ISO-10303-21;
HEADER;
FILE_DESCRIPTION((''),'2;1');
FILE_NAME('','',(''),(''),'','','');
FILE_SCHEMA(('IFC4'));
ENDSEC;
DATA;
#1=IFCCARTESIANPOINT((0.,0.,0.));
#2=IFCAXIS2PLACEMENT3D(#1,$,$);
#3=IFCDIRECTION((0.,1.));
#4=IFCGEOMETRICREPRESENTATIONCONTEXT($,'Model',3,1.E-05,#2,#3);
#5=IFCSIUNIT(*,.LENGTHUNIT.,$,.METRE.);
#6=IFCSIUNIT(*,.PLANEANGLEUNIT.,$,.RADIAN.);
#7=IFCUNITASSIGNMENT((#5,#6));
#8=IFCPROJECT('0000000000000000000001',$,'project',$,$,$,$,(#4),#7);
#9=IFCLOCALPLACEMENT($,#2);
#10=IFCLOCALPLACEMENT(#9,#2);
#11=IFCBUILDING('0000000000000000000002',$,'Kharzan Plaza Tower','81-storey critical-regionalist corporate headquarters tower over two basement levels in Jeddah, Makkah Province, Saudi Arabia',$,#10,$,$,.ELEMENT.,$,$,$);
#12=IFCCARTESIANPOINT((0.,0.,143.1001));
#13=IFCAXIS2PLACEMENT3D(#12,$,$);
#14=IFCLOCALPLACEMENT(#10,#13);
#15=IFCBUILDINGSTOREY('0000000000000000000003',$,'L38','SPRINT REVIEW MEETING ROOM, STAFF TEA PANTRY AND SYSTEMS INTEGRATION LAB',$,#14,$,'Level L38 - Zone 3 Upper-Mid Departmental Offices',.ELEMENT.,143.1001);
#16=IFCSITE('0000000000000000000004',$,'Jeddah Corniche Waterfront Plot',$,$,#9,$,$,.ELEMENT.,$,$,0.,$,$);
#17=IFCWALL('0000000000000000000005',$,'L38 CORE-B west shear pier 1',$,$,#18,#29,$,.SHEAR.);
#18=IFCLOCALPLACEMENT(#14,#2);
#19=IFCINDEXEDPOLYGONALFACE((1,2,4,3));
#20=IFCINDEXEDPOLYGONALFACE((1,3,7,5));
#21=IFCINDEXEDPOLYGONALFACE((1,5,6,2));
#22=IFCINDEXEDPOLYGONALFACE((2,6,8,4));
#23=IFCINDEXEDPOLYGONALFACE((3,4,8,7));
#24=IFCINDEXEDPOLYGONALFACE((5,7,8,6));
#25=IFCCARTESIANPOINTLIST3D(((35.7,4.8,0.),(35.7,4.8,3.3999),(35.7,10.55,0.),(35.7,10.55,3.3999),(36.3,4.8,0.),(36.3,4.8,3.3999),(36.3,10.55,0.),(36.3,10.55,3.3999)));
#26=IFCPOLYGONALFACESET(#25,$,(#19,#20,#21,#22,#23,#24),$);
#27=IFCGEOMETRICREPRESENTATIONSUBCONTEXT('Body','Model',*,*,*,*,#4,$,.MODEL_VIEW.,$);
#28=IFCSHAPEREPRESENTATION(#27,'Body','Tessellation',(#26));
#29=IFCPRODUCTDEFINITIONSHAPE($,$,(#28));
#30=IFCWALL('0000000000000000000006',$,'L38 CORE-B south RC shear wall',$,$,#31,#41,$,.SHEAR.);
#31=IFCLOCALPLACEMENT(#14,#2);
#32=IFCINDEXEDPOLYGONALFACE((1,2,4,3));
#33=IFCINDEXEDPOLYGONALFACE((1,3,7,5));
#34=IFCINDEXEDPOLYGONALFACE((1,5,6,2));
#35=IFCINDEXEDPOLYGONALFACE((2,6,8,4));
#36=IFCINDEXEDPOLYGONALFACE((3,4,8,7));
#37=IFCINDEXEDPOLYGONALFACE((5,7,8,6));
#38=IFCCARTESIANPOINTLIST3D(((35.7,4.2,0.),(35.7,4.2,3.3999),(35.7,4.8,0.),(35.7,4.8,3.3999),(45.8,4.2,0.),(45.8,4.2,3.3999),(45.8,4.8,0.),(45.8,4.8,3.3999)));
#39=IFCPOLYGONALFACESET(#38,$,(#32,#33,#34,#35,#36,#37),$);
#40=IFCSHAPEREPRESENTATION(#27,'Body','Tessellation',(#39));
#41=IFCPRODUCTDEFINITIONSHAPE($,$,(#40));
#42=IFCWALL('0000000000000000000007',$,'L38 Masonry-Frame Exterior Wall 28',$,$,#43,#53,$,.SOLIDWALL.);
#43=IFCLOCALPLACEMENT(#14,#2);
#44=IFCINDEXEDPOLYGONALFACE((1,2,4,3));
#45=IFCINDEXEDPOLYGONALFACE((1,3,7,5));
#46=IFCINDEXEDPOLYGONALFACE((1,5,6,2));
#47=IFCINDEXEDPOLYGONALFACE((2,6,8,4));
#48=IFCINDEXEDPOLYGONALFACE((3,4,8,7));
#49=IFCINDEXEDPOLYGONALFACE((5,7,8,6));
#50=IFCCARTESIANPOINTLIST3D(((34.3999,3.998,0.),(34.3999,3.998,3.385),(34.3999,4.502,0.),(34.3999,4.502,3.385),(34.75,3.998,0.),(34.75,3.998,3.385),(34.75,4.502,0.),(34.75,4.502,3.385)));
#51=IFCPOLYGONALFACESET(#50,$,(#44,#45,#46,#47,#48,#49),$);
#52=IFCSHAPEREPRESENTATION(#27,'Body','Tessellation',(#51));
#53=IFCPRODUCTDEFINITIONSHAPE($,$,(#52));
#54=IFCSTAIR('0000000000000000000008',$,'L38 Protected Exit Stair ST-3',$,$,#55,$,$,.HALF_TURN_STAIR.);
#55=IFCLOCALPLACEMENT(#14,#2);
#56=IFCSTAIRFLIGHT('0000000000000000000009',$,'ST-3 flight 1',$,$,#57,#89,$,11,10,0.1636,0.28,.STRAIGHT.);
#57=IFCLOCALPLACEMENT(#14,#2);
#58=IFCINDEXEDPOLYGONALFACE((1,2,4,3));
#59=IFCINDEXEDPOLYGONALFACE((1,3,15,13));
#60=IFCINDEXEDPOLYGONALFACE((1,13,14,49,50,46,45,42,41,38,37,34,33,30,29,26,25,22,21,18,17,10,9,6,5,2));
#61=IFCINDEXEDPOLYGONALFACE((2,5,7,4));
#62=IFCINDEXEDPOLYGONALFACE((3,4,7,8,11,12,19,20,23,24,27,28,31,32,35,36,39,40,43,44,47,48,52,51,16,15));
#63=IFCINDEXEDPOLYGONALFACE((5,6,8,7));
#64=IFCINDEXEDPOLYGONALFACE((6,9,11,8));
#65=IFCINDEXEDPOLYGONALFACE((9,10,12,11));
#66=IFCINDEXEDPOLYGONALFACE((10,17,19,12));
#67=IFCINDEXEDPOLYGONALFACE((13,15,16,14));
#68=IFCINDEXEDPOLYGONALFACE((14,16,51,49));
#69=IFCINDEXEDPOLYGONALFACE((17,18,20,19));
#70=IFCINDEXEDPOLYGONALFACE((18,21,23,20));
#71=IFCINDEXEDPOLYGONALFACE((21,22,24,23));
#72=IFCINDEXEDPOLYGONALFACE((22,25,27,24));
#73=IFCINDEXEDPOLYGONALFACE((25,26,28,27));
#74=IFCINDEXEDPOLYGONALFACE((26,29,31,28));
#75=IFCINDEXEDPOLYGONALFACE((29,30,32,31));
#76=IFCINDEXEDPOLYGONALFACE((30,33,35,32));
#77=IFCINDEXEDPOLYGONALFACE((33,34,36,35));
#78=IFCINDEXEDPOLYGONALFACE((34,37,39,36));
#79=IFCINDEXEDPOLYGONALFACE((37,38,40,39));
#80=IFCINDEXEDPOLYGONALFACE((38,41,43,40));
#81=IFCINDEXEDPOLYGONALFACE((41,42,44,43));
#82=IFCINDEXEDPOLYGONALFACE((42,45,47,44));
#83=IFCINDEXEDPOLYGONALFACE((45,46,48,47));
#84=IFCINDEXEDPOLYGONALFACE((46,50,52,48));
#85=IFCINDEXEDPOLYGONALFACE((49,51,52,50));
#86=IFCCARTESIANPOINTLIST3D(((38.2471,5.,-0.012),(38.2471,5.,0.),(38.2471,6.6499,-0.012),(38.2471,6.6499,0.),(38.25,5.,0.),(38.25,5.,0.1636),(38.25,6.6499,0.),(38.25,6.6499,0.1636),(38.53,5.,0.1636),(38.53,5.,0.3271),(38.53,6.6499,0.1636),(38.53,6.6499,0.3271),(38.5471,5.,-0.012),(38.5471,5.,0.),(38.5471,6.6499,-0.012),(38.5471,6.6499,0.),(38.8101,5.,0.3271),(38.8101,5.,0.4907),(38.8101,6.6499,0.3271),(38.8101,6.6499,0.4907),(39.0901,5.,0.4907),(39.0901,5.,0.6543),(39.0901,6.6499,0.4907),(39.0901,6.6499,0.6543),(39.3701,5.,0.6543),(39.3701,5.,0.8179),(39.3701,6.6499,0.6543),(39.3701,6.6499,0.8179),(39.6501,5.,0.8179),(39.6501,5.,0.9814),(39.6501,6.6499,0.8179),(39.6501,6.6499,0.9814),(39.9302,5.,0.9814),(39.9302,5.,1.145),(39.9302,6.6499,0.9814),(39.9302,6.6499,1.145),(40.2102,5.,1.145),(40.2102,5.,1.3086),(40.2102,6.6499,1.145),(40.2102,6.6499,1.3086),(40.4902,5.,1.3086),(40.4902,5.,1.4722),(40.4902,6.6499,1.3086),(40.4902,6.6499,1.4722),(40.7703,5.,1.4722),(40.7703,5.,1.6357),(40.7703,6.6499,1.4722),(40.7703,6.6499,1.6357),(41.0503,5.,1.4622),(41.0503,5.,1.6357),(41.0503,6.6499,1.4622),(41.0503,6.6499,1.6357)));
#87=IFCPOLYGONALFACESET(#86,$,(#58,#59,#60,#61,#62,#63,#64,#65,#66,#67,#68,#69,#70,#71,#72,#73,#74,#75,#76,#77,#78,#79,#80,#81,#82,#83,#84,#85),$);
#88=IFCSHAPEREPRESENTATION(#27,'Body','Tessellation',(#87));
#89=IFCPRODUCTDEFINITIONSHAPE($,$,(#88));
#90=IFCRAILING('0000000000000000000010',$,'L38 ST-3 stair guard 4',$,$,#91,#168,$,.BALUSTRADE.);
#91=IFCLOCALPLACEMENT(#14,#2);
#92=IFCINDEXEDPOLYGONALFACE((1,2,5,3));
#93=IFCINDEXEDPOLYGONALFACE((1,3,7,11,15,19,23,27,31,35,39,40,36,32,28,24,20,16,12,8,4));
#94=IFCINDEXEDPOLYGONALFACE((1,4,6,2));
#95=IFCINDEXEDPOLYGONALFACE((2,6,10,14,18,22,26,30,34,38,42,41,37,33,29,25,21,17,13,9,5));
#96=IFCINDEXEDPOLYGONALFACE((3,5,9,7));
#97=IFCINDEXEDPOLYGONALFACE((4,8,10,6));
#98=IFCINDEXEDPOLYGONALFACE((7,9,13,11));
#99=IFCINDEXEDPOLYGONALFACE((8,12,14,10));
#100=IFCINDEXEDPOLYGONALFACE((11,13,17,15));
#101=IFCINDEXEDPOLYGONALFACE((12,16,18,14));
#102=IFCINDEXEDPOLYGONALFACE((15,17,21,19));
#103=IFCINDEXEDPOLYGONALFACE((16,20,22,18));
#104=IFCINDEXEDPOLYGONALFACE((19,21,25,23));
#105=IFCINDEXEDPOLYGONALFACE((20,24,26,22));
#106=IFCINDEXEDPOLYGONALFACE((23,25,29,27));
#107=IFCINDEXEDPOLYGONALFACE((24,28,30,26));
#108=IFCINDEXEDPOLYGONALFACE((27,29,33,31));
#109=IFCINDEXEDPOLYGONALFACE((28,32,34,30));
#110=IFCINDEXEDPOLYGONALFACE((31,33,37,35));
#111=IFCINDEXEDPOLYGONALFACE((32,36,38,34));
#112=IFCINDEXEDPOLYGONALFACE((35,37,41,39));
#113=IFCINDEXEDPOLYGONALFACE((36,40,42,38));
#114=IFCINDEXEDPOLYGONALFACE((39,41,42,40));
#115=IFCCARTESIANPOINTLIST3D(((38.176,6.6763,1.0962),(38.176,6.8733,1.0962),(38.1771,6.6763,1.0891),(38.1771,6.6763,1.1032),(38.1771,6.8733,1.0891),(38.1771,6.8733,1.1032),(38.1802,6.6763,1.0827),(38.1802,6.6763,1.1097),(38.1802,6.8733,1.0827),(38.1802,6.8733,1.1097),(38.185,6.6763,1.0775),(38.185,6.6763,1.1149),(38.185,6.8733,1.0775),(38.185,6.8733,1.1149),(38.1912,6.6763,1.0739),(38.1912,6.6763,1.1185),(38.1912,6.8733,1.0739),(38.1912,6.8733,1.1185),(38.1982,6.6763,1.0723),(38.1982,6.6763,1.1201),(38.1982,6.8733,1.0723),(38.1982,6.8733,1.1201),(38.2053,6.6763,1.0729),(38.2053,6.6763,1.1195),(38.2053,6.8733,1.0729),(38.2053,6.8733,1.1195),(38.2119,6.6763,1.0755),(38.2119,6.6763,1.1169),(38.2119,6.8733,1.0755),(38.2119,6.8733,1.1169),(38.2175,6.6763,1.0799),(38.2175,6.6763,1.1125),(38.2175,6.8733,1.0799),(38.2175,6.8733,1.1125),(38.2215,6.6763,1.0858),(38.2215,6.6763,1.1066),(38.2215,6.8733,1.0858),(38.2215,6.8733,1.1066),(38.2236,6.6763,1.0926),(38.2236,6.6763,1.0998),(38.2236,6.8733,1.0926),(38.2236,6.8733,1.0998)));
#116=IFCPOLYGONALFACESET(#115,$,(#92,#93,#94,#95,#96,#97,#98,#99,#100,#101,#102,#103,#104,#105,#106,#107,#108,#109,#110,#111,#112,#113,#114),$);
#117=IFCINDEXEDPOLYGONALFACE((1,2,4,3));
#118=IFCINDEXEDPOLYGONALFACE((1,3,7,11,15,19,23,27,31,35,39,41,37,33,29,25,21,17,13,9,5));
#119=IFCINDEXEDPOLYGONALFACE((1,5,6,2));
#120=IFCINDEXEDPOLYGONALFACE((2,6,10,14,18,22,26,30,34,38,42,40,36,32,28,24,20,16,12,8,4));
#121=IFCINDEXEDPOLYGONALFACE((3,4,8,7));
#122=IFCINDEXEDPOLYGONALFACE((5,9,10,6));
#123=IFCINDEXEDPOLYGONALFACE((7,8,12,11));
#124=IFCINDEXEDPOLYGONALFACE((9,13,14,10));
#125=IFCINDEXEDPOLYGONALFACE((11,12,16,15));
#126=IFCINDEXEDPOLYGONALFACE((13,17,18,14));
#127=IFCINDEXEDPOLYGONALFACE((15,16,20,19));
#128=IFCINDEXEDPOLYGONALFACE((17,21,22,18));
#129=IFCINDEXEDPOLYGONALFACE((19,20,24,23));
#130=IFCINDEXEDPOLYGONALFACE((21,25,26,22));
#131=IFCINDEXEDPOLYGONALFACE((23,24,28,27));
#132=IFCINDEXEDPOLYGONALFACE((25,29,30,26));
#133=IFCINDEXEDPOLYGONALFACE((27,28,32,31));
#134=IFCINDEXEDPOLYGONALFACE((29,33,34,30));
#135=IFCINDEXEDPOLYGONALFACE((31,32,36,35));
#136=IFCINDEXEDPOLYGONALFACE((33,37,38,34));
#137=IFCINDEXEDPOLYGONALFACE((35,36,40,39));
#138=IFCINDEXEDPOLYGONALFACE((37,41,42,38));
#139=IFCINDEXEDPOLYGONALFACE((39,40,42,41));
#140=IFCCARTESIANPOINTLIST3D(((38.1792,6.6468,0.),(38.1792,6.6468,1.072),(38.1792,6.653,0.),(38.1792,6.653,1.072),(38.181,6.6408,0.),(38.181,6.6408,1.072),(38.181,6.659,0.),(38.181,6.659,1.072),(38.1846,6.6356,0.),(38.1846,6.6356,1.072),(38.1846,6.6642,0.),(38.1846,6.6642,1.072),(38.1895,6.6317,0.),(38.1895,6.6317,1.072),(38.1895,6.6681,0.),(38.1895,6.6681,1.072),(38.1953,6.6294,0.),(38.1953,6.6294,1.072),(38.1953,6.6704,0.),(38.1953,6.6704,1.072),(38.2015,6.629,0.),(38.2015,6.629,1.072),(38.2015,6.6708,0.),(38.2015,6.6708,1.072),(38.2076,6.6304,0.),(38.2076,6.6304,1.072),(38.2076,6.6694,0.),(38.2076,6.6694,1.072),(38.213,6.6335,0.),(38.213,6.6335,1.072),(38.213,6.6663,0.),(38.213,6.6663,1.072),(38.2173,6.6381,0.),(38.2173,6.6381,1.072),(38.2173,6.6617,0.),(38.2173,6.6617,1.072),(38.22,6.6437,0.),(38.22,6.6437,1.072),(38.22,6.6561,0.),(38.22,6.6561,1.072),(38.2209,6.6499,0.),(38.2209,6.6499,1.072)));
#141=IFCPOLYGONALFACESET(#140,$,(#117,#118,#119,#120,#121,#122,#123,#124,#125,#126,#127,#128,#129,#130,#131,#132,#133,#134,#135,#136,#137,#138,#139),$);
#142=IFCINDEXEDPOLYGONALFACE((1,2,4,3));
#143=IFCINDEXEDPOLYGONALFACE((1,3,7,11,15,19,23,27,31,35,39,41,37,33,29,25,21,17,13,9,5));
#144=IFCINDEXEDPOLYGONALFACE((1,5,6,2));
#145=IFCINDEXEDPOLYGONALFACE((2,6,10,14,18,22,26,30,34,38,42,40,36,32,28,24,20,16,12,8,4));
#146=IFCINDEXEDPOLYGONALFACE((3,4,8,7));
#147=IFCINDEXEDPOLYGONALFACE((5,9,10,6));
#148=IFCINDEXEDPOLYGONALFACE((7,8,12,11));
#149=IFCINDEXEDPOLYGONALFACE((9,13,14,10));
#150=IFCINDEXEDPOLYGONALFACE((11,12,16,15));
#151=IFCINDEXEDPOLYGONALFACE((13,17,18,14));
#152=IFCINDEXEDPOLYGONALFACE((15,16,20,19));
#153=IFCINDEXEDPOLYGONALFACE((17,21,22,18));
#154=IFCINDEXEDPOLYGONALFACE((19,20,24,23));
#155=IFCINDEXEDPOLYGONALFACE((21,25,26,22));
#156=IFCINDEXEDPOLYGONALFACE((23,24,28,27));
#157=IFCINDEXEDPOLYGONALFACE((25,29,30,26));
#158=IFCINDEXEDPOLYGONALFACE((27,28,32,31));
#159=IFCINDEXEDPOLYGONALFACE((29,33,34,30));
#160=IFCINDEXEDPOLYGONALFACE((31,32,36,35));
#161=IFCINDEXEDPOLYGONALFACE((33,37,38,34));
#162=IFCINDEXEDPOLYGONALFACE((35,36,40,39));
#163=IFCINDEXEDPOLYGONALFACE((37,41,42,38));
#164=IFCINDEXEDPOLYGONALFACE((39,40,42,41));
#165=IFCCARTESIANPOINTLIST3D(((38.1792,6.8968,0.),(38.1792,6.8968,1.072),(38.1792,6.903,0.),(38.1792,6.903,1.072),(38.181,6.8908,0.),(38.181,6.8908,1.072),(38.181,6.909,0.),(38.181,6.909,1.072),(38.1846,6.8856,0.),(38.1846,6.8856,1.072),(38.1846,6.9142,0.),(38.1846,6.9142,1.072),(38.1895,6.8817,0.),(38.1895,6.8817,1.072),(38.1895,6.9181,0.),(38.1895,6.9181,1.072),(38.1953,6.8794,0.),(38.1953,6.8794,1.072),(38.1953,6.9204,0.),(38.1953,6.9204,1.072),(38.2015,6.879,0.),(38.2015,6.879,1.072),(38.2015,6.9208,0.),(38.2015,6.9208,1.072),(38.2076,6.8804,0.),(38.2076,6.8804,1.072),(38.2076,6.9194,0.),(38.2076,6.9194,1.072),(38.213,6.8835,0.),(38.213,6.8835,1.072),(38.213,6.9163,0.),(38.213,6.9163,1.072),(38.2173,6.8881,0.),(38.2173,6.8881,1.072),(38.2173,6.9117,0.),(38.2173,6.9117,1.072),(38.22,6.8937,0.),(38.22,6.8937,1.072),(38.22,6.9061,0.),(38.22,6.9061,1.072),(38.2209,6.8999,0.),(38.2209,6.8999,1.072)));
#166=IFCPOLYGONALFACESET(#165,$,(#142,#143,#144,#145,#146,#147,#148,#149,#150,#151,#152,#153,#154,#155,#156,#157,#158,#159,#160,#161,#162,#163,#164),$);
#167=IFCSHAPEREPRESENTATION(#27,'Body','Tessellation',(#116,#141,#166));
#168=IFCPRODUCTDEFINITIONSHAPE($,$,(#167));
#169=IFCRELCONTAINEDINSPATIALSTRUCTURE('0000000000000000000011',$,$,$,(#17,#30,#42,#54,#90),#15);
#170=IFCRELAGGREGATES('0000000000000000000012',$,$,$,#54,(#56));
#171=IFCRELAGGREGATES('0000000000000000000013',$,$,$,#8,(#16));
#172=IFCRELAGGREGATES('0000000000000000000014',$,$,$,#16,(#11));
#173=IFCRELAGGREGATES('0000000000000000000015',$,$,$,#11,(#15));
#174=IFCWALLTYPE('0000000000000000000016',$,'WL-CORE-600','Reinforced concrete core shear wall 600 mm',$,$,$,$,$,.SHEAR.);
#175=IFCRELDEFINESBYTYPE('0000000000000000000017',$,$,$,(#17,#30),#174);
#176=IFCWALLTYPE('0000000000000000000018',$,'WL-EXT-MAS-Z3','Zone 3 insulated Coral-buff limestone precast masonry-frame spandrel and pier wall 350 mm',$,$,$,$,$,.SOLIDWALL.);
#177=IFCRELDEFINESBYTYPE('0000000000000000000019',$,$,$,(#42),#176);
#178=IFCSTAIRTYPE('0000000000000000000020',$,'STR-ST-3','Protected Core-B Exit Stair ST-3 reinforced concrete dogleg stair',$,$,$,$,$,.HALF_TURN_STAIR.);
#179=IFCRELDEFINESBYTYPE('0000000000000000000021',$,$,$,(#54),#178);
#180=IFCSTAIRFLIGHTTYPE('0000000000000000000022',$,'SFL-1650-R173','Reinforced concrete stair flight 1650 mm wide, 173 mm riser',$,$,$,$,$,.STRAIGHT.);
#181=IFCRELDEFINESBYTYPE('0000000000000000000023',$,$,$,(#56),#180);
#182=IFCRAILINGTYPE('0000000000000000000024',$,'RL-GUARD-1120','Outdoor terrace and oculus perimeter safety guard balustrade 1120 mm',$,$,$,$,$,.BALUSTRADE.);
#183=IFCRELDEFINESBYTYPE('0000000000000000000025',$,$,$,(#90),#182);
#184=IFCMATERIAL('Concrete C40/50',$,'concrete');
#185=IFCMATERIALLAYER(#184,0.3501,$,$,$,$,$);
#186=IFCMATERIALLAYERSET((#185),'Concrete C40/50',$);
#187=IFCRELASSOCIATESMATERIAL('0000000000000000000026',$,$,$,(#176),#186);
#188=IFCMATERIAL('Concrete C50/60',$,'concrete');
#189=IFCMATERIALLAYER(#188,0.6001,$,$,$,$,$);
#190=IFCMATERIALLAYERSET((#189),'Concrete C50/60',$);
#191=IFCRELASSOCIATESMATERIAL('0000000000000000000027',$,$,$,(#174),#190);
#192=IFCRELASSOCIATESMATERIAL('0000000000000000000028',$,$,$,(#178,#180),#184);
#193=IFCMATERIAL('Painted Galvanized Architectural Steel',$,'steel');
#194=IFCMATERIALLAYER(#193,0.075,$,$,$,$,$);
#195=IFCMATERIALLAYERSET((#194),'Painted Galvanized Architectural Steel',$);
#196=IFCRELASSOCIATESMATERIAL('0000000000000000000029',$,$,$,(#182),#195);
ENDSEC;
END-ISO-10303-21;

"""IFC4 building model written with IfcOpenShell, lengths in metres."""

from ifc_helpers import new_model, si_unit, direction, frame, frame_2d, origin, origin_2d, place, context, subcontext, project, spatial, polyline, rectangle, circle, outline, extrude, source, transform, mapped, material, layer, layer_set, type_object, element, aggregate, save


model = new_model("IFC4")

# Units and contexts
model_context = context("Model", 3, precision=1e-05, world=origin(), true_north=direction((0.0, 1.0)))
body_context = subcontext(model_context, "Body", "Model", "MODEL_VIEW")
ifc_project = project(units=[si_unit("LENGTHUNIT", "METRE"), si_unit("PLANEANGLEUNIT", "RADIAN")], contexts=[model_context])

# Site, building, storey
site_placement = place(None, origin())
site = spatial("IfcSite", under=ifc_project, at=site_placement, Name="Jeddah Corniche Waterfront Plot", CompositionType="ELEMENT", RefElevation=0.0)
building_placement = place(site_placement, origin())
building = spatial("IfcBuilding", under=site, at=building_placement, Name="Kharzan Plaza Tower", Description="81-storey critical-regionalist corporate headquarters tower over two basement levels in Jeddah, Makkah Province, Saudi Arabia", CompositionType="ELEMENT")
storey_placement = place(building_placement, frame((0.0, 0.0, 143.1001)))
storey = spatial("IfcBuildingStorey", under=building, at=storey_placement, Name="L38", Description="SPRINT REVIEW MEETING ROOM, STAFF TEA PANTRY AND SYSTEMS INTEGRATION LAB", LongName="Level L38 - Zone 3 Upper-Mid Departmental Offices", CompositionType="ELEMENT", Elevation=143.1001)

# Shared definitions
ifc_material_1 = material(Name="Concrete C50/60", Category="concrete")

# Shared definitions
ifc_material_2 = material(Name="Concrete C40/50", Category="concrete")
ifc_layer_1 = layer(ifc_material_2, 0.3501)
ifc_layer_set_1 = layer_set([ifc_layer_1], Name="Concrete C40/50")
wall_type_1 = type_object("IfcWallType", Name="WL-EXT-MAS-Z3", Description="Zone 3 insulated Coral-buff limestone precast masonry-frame spandrel and pier wall 350 mm", PredefinedType="SOLIDWALL", material=ifc_layer_set_1)

# Walls
ifc_layer_2 = layer(ifc_material_1, 0.6001)
ifc_layer_set_2 = layer_set([ifc_layer_2], Name="Concrete C50/60")
wall_type_2 = type_object("IfcWallType", Name="WL-CORE-600", Description="Reinforced concrete core shear wall 600 mm", PredefinedType="SHEAR", material=ifc_layer_set_2)
shared_shape_1 = source(origin(), body_context, "Body", "SweptSolid", [
    extrude(rectangle(XDim=5.75, YDim=0.6001, at=frame_2d((2.875, 0.0))), origin(), (0.0, 0.0, 1.0), 3.3999),
])
wall_1_placement = place(storey_placement, frame((36.0, 4.8, 0.0), z_axis=(0.0, 0.0, 1.0), x_axis=(0.0, 1.0, 0.0)))
element("IfcWall", 1, at=wall_1_placement, inside=storey, type_object=wall_type_2, Name="L38 CORE-B west shear pier 1", PredefinedType="SHEAR", context=body_context, shape_type="MappedRepresentation", body=[
    mapped(shared_shape_1, transform((0.0, 0.0, 0.0), x_axis=(1.0, 0.0, 0.0), y_axis=(0.0, 1.0, 0.0), z_axis=(0.0, 0.0, 1.0))),
])
shared_shape_2 = source(origin(), body_context, "Body", "SweptSolid", [
    extrude(rectangle(XDim=10.1001, YDim=0.6001, at=frame_2d((5.05, 0.0))), origin(), (0.0, 0.0, 1.0), 3.3999),
])
wall_2_placement = place(storey_placement, frame((35.7, 4.5, 0.0), z_axis=(0.0, 0.0, 1.0), x_axis=(1.0, 0.0, 0.0)))
element("IfcWall", 2, at=wall_2_placement, inside=storey, type_object=wall_type_2, Name="L38 CORE-B south RC shear wall", PredefinedType="SHEAR", context=body_context, shape_type="MappedRepresentation", body=[
    mapped(shared_shape_2, transform((0.0, 0.0, 0.0), x_axis=(1.0, 0.0, 0.0), y_axis=(0.0, 1.0, 0.0), z_axis=(0.0, 0.0, 1.0))),
])
shared_shape_3 = source(origin(), body_context, "Body", "SweptSolid", [
    extrude(rectangle(XDim=0.5039, YDim=0.3501, at=frame_2d((0.252, 0.0))), origin(), (0.0, 0.0, 1.0), 3.385),
])
wall_3_placement = place(storey_placement, frame((34.575, 4.502, 0.0), z_axis=(0.0, 0.0, 1.0), x_axis=(0.0, -1.0, 0.0)))
element("IfcWall", 3, at=wall_3_placement, inside=storey, type_object=wall_type_1, Name="L38 Masonry-Frame Exterior Wall 28", PredefinedType="SOLIDWALL", context=body_context, shape_type="MappedRepresentation", body=[
    mapped(shared_shape_3, transform((0.0, 0.0, 0.0), x_axis=(1.0, 0.0, 0.0), y_axis=(0.0, 1.0, 0.0), z_axis=(0.0, 0.0, 1.0))),
])

# Stair, stair flight
stair_type = type_object("IfcStairType", Name="STR-ST-3", Description="Protected Core-B Exit Stair ST-3 reinforced concrete dogleg stair", PredefinedType="HALF_TURN_STAIR", material=ifc_material_2)
stair_placement = place(storey_placement, origin())
stair = element("IfcStair", 4, at=stair_placement, inside=storey, type_object=stair_type, Name="L38 Protected Exit Stair ST-3", PredefinedType="HALF_TURN_STAIR")
stair_flight_type = type_object("IfcStairFlightType", Name="SFL-1650-R173", Description="Reinforced concrete stair flight 1650 mm wide, 173 mm riser", PredefinedType="STRAIGHT", material=ifc_material_2)
shared_shape_4 = source(origin(), body_context, "Body", "SweptSolid", [
    extrude(outline(polyline([(-0.0029, -0.012), (-0.0029, 0.0), (0.0, 0.0), (0.0, 0.1636), (0.28, 0.1636), (0.28, 0.3271), (0.5601, 0.3271), (0.5601, 0.4907), (0.8401, 0.4907), (0.8401, 0.6543), (1.1201, 0.6543), (1.1201, 0.8179), (1.4001, 0.8179), (1.4001, 0.9814), (1.6802, 0.9814), (1.6802, 1.145), (1.9602, 1.145), (1.9602, 1.3086), (2.2402, 1.3086), (2.2402, 1.4722), (2.5203, 1.4722), (2.5203, 1.6357), (2.8003, 1.6357), (2.8003, 1.7993), (2.8003, 1.4622), (0.2971, 0.0), (0.2971, -0.012), (-0.0029, -0.012)])), frame((0.0, 0.825, 0.0), z_axis=(0.0, -1.0, 0.0), x_axis=(1.0, 0.0, 0.0)), (0.0, 0.0, 1.0), 1.6499),
])
stair_flight_placement = place(storey_placement, frame((38.25, 5.825, 0.0), z_axis=(0.0, 0.0, 1.0), x_axis=(1.0, 0.0, 0.0)))
stair_flight = element("IfcStairFlight", 5, at=stair_flight_placement, type_object=stair_flight_type, Name="ST-3 flight 1", NumberOfRisers=11, NumberOfTreads=10, PredefinedType="STRAIGHT", RiserHeight=0.1636, TreadLength=0.28, context=body_context, shape_type="MappedRepresentation", body=[
    mapped(shared_shape_4, transform((0.0, 0.0, 0.0), x_axis=(1.0, 0.0, 0.0), y_axis=(0.0, 1.0, 0.0), z_axis=(0.0, 0.0, 1.0))),
])
aggregate(stair, [stair_flight])

# Railing
ifc_material_3 = material(Name="Painted Galvanized Architectural Steel", Category="steel")
ifc_layer_3 = layer(ifc_material_3, 0.075)
ifc_layer_set_3 = layer_set([ifc_layer_3], Name="Painted Galvanized Architectural Steel")
railing_type_1 = type_object("IfcRailingType", Name="RL-GUARD-1120", Description="Outdoor terrace and oculus perimeter safety guard balustrade 1120 mm", PredefinedType="BALUSTRADE", material=ifc_layer_set_3)
shared_shape_5 = source(origin(), body_context, "Body", "SweptSolid", [
    extrude(circle(Radius=0.0239, at=origin_2d()), frame((0.0, 0.0264, 1.0962), z_axis=(0.0, 1.0, 0.0), x_axis=(-1.0, 0.0, 0.0)), (0.0, 0.0, 1.0), 0.197),
    extrude(circle(Radius=0.021, at=origin_2d()), origin(), (0.0, 0.0, 1.0), 1.072),
    extrude(circle(Radius=0.021, at=origin_2d()), frame((0.0, 0.25, 0.0)), (0.0, 0.0, 1.0), 1.072),
])
railing_1_placement = place(storey_placement, frame((38.2, 6.6499, 0.0)))
element("IfcRailing", 6, at=railing_1_placement, inside=storey, type_object=railing_type_1, Name="L38 ST-3 stair guard 4", PredefinedType="BALUSTRADE", context=body_context, shape_type="MappedRepresentation", body=[
    mapped(shared_shape_5, transform((0.0, 0.0, 0.0), x_axis=(1.0, 0.0, 0.0), y_axis=(0.0, 1.0, 0.0), z_axis=(0.0, 0.0, 1.0))),
])

save(model, "model.ifc")
